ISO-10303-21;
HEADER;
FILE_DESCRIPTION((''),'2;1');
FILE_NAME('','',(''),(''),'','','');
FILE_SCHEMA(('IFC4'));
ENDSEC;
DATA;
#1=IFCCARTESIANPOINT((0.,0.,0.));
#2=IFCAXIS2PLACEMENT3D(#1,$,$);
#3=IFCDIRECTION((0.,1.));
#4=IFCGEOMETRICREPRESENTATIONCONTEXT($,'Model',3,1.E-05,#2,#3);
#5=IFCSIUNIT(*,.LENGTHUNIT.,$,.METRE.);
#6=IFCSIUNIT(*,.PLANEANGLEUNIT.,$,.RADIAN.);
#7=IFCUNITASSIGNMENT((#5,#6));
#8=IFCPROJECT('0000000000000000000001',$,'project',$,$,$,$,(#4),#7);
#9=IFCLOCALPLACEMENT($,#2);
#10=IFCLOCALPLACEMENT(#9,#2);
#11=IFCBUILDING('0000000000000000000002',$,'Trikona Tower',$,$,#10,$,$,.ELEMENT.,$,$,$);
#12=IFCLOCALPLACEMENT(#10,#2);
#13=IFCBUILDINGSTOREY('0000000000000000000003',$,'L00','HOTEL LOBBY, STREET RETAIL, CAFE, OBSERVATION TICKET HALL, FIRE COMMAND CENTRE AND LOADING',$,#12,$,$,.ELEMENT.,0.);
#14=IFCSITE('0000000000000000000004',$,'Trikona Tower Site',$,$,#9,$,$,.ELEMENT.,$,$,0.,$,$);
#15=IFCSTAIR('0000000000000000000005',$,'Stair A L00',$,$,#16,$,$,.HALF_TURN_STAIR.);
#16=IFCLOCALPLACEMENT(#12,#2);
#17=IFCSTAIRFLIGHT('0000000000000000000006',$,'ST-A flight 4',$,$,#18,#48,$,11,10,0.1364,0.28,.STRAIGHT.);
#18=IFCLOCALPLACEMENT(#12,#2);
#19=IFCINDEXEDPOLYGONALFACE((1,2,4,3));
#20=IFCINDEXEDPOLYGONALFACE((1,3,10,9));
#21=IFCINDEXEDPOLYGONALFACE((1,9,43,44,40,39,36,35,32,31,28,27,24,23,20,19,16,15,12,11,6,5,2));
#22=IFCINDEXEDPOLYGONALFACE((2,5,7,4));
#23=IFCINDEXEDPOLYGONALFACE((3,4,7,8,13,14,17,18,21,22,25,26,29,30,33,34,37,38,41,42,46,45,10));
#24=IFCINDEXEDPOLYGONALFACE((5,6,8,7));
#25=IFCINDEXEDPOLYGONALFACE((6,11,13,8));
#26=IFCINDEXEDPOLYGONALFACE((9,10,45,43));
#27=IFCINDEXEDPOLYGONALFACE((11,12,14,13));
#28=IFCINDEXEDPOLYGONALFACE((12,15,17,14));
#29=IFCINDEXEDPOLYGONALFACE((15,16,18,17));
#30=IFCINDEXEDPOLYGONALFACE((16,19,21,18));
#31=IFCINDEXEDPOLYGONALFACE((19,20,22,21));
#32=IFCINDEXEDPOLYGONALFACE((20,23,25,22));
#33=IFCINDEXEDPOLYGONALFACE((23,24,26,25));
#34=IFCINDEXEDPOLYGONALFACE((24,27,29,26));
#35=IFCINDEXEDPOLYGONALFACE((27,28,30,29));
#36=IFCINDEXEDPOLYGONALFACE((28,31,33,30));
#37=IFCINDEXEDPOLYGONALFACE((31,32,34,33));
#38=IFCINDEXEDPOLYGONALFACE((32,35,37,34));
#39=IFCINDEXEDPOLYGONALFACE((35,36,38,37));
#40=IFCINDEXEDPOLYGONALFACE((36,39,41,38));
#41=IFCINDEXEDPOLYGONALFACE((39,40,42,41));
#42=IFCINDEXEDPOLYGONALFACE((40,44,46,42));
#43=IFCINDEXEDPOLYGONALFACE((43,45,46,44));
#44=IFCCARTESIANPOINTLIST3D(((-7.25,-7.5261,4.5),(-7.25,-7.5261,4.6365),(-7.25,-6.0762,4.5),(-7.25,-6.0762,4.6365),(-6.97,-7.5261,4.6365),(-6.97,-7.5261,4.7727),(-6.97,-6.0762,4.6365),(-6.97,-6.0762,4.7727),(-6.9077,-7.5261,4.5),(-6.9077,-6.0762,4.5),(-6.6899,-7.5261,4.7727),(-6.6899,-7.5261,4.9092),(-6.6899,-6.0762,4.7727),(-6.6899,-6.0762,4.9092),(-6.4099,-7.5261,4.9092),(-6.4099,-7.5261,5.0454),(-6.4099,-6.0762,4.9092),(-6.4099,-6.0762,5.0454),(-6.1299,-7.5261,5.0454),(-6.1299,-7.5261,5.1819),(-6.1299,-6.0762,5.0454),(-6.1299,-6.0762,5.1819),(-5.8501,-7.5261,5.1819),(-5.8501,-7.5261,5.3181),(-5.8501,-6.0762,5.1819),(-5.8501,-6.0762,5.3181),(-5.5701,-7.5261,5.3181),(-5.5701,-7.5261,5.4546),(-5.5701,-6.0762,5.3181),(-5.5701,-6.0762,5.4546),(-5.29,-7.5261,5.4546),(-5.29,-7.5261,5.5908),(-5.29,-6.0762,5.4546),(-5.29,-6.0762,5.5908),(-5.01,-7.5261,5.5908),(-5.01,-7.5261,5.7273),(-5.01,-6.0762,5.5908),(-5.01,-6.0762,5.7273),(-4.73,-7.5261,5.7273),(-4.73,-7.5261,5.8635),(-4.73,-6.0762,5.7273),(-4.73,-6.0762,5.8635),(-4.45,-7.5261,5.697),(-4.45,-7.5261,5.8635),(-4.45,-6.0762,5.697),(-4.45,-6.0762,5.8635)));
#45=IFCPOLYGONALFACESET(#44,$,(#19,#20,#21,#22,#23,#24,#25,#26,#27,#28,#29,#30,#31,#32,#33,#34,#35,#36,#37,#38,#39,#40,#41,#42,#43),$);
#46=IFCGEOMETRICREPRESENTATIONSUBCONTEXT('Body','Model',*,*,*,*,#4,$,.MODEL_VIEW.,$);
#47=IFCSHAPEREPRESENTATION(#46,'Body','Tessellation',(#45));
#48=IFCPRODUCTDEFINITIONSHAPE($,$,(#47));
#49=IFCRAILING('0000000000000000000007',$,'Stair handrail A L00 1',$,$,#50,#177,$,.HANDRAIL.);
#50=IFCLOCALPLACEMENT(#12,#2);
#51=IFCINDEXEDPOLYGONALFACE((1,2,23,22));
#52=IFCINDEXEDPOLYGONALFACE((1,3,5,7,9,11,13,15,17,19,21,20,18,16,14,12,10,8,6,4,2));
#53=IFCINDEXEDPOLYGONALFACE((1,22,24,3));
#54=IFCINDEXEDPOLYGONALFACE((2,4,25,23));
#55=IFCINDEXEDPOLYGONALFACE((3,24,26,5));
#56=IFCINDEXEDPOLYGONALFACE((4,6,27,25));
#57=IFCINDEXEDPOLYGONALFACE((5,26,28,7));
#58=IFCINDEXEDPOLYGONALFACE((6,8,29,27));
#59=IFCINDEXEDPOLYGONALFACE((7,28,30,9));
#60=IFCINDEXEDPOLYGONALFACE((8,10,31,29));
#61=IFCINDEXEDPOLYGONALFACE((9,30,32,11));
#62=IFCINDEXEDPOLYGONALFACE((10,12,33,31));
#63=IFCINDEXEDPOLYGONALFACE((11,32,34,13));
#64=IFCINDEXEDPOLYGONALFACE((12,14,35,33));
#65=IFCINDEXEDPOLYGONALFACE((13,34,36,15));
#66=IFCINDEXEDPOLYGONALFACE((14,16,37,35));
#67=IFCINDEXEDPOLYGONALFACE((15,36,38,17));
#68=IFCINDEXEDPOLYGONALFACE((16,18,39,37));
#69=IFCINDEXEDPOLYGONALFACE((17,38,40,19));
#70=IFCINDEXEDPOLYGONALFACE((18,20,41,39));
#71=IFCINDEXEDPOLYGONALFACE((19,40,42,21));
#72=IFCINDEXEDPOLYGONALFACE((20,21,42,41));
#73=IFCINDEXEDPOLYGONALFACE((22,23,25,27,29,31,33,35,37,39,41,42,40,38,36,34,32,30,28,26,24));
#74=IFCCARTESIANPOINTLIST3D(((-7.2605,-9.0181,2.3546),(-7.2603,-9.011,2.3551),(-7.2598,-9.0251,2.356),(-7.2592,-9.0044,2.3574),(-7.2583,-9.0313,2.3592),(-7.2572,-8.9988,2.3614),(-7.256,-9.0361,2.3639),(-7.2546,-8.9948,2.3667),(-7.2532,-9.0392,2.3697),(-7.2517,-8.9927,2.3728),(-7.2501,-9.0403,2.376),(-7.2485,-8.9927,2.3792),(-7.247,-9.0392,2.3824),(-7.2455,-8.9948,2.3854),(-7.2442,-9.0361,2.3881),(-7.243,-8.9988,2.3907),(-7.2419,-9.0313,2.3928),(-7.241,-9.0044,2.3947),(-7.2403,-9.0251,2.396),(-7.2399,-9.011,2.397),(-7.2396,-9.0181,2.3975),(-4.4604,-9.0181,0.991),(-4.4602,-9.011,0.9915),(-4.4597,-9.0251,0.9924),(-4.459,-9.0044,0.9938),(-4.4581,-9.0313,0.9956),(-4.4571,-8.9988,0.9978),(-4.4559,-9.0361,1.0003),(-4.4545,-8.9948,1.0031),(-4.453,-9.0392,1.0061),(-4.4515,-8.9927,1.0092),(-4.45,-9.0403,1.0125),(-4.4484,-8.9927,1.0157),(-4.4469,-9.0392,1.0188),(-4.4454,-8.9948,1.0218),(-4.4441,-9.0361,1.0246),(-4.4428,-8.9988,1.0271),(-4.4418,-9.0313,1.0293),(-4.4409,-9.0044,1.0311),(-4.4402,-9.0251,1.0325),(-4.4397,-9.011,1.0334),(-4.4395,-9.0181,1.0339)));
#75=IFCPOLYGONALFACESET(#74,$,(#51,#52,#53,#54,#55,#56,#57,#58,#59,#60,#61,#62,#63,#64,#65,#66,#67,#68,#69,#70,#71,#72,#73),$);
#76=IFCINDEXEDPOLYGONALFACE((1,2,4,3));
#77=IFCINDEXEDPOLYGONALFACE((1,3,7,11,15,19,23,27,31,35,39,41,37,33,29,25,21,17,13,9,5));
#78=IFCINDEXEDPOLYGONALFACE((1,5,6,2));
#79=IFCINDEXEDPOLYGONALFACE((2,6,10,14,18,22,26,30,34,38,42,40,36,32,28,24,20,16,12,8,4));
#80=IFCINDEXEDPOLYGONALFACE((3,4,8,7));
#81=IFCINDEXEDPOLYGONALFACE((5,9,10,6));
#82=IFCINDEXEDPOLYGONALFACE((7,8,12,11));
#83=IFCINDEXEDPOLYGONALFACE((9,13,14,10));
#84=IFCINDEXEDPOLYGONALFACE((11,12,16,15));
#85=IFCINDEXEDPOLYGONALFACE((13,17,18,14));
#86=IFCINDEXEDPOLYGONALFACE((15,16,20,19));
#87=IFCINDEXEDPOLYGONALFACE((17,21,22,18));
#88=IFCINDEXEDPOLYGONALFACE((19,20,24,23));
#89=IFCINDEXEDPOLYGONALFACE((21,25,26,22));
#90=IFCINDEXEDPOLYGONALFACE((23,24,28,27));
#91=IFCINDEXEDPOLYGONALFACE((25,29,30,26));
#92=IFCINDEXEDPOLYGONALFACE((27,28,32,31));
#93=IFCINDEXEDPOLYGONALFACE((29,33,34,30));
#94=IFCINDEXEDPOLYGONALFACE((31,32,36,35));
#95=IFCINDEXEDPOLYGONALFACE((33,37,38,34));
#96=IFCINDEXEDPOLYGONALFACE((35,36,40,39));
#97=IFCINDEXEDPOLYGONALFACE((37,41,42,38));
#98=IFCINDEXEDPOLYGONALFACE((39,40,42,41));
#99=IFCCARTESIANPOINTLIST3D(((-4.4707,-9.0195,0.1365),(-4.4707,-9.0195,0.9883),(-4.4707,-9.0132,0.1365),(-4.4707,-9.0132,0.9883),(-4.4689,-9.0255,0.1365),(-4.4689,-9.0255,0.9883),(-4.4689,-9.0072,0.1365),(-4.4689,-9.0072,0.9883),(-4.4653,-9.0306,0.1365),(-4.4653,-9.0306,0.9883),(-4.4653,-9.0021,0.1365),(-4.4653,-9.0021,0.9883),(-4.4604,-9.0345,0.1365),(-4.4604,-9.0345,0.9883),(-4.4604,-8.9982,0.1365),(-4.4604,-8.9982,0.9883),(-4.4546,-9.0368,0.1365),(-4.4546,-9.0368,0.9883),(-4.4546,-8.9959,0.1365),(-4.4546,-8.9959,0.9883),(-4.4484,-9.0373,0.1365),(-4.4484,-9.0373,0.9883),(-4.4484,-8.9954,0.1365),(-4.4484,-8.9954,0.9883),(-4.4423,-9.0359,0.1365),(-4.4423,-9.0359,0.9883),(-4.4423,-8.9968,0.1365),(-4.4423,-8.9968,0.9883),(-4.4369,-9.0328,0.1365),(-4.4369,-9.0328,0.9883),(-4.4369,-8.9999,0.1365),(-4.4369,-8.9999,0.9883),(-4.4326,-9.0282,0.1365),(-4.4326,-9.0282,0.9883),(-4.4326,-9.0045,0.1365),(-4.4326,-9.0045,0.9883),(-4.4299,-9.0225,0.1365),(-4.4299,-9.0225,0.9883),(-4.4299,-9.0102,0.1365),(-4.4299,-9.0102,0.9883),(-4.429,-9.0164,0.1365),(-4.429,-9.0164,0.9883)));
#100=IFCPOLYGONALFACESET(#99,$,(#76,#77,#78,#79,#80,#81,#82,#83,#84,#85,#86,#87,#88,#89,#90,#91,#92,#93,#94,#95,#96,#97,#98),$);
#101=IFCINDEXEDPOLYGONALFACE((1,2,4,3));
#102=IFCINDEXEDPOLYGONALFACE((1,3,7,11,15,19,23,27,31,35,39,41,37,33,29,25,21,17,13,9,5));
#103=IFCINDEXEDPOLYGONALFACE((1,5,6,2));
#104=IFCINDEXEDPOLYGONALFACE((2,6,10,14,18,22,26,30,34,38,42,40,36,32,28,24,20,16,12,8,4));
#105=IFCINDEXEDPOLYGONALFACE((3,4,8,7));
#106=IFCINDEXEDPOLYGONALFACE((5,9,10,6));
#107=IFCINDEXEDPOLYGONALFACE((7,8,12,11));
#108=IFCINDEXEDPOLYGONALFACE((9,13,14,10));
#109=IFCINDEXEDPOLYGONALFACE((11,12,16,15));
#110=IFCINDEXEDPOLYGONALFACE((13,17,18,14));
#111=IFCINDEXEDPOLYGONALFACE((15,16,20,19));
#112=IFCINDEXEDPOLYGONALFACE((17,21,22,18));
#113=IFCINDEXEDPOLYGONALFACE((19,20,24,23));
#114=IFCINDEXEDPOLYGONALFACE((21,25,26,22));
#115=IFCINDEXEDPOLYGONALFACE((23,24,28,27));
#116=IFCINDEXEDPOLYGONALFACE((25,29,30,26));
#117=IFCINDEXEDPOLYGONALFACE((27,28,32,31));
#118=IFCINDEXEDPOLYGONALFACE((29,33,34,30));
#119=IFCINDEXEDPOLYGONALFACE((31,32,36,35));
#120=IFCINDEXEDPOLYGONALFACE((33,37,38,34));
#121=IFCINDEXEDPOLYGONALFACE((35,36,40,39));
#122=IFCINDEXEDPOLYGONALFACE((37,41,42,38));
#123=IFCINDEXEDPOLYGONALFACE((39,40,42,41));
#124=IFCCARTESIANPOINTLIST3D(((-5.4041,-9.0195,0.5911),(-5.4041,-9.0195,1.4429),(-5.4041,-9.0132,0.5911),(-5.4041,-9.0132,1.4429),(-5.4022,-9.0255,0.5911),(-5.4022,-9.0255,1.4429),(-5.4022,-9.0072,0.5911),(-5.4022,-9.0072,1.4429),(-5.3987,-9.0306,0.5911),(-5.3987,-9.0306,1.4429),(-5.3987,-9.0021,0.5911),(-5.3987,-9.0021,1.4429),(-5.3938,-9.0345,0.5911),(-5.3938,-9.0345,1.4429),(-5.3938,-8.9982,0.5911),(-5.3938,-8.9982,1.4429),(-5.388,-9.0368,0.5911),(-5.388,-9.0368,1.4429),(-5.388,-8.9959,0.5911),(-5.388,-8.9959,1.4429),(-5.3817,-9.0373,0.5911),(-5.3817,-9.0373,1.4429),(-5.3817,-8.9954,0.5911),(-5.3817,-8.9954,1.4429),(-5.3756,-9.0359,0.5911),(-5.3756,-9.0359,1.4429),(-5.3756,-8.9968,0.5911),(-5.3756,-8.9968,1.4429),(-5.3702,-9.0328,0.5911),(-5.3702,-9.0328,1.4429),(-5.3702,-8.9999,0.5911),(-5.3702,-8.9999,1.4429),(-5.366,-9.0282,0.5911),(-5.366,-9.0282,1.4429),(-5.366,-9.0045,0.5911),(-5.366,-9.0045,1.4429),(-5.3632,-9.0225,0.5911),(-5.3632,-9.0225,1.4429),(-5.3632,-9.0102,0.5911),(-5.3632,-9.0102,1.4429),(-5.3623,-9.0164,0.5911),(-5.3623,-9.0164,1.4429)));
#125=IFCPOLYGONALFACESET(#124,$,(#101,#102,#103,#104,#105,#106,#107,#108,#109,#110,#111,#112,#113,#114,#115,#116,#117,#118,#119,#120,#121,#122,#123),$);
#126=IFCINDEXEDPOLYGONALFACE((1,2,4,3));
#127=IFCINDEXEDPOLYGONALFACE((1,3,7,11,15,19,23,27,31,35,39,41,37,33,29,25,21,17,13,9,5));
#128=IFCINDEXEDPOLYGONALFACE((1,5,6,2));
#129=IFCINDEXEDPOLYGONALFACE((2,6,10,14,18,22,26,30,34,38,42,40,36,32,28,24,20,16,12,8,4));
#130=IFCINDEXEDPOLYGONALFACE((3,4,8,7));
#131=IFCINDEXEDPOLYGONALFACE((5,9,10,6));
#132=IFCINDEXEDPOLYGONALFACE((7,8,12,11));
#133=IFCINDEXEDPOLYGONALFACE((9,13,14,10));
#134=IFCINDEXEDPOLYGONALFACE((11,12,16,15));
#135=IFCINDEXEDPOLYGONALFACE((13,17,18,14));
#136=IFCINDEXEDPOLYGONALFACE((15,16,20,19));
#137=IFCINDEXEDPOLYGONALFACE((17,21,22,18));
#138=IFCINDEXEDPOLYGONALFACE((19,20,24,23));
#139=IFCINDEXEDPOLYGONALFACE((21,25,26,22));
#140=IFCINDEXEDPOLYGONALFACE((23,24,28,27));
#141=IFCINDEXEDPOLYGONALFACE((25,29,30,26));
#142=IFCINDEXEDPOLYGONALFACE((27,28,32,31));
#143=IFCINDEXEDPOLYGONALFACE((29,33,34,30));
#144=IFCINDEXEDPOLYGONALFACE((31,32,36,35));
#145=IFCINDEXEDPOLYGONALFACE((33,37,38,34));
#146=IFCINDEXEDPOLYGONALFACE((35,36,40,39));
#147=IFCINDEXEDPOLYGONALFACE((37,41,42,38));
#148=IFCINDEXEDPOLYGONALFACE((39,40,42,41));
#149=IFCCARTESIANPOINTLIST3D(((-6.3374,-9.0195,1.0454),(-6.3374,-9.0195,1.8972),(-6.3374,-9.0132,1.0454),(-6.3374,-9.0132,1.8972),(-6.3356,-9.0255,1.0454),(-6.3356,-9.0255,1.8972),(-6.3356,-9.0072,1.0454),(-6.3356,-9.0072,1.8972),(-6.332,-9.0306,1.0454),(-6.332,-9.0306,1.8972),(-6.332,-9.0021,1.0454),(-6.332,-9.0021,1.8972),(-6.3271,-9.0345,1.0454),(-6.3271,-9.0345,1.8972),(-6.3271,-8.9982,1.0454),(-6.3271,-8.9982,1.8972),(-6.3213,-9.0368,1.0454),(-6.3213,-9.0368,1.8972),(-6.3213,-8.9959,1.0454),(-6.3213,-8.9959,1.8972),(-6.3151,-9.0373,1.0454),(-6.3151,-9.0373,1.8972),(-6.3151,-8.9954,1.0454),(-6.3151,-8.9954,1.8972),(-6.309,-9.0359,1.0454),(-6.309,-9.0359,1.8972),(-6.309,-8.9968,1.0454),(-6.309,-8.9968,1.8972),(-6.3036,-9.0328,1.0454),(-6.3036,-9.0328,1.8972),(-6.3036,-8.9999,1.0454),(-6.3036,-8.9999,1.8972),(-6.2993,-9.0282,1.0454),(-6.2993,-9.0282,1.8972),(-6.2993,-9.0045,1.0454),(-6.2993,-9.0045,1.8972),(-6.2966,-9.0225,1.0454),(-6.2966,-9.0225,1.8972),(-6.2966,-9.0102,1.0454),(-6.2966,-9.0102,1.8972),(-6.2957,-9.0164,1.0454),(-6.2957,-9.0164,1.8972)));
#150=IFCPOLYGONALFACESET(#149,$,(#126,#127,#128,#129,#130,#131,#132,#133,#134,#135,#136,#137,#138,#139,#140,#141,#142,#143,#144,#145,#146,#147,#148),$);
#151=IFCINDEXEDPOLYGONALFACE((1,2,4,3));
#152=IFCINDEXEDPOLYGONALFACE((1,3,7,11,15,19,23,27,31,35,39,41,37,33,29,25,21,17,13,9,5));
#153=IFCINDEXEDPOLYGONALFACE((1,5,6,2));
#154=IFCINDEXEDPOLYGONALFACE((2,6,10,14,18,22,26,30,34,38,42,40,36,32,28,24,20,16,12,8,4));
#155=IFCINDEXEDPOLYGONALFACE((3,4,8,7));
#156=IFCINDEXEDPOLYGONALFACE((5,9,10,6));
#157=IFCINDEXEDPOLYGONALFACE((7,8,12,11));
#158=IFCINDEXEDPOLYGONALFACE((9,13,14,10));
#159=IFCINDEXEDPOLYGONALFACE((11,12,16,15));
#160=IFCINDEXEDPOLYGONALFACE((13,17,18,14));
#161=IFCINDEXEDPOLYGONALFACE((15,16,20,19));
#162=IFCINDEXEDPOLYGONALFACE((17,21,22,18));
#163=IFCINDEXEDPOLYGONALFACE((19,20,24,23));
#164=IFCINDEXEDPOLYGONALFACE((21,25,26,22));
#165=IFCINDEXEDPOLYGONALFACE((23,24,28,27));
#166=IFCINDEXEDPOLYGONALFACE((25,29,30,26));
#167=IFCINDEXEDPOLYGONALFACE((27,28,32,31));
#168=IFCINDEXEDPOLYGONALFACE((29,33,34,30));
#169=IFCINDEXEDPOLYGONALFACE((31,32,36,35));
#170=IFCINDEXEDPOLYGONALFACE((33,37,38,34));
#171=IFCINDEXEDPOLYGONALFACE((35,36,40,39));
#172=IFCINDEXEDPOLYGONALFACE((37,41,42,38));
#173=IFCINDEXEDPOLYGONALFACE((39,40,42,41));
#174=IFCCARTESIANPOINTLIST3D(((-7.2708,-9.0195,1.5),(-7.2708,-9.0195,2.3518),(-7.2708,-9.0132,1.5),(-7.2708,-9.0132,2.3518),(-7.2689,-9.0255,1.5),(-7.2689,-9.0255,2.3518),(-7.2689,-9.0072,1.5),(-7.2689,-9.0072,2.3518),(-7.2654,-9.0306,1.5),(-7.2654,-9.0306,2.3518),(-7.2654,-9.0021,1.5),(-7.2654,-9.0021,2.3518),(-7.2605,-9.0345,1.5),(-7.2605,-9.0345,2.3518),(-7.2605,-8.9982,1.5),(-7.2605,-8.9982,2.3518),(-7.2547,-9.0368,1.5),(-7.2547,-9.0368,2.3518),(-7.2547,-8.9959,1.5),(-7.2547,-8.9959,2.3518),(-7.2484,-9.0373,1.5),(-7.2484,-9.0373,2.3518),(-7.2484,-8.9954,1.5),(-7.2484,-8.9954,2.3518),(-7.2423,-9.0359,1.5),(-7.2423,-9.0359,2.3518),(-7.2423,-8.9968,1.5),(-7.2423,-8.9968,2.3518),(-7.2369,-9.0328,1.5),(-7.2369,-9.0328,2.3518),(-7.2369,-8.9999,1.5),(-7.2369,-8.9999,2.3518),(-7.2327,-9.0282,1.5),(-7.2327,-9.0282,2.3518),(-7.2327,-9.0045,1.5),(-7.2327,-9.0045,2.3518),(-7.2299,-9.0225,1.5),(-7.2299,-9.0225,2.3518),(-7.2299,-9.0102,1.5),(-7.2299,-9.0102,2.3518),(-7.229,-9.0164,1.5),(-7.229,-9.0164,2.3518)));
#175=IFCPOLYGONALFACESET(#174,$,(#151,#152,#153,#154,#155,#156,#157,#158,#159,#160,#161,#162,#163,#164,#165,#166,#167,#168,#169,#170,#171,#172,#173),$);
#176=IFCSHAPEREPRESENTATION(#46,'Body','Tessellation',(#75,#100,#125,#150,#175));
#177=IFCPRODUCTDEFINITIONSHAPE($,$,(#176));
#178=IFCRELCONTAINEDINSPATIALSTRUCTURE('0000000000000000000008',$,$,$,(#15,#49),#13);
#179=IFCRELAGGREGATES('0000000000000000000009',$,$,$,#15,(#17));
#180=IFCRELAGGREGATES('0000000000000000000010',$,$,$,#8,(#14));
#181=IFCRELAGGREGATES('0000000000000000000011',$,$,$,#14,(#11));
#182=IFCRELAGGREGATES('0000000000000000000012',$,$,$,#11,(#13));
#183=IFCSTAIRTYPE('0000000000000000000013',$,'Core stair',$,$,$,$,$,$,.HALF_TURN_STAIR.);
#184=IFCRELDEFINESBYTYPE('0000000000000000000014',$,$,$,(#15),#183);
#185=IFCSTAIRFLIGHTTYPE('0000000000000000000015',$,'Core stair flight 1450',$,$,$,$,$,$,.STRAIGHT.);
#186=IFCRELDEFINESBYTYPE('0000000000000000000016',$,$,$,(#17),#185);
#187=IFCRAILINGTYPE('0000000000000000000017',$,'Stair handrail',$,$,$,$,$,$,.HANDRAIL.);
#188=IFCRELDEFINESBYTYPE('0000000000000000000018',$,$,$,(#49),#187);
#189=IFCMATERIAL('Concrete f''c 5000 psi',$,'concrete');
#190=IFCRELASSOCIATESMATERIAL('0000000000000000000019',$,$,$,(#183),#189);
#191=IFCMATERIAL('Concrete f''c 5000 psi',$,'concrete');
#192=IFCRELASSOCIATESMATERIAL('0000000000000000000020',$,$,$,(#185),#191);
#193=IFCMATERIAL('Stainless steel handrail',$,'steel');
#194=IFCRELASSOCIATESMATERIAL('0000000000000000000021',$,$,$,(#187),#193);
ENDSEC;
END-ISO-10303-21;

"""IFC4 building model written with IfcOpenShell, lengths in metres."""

from ifc_helpers import new_model, si_unit, direction, frame, origin, origin_2d, place, context, subcontext, project, spatial, polyline, circle, outline, extrude, material, type_object, element, aggregate, save


model = new_model("IFC4")

# Units and contexts
model_context = context("Model", 3, precision=1e-05, world=origin(), true_north=direction((0.0, 1.0)))
body_context = subcontext(model_context, "Body", "Model", "MODEL_VIEW")
ifc_project = project(units=[si_unit("LENGTHUNIT", "METRE"), si_unit("PLANEANGLEUNIT", "RADIAN")], contexts=[model_context])

# Site, building, storey
site_placement = place(None, origin())
site = spatial("IfcSite", under=ifc_project, at=site_placement, Name="Trikona Tower Site", CompositionType="ELEMENT", RefElevation=0.0)
building_placement = place(site_placement, origin())
building = spatial("IfcBuilding", under=site, at=building_placement, Name="Trikona Tower", CompositionType="ELEMENT")
storey_placement = place(building_placement, origin())
storey = spatial("IfcBuildingStorey", under=building, at=storey_placement, Name="L00", Description="HOTEL LOBBY, STREET RETAIL, CAFE, OBSERVATION TICKET HALL, FIRE COMMAND CENTRE AND LOADING", CompositionType="ELEMENT", Elevation=0.0)

# Stair, stair flight
ifc_material_1 = material(Name="Concrete f'c 5000 psi", Category="concrete")
stair_type = type_object("IfcStairType", Name="Core stair", PredefinedType="HALF_TURN_STAIR", material=ifc_material_1)
stair_placement = place(storey_placement, origin())
stair = element("IfcStair", 1, at=stair_placement, inside=storey, type_object=stair_type, Name="Stair A L00", PredefinedType="HALF_TURN_STAIR")
ifc_material_2 = material(Name="Concrete f'c 5000 psi", Category="concrete")
stair_flight_type = type_object("IfcStairFlightType", Name="Core stair flight 1450", PredefinedType="STRAIGHT", material=ifc_material_2)
stair_flight_1_placement = place(storey_placement, frame((-7.25, -6.8013, 4.5), z_axis=(0.0, 0.0, 1.0), x_axis=(1.0, 0.0, 0.0)))
stair_flight_1 = element("IfcStairFlight", 2, at=stair_flight_1_placement, type_object=stair_flight_type, Name="ST-A flight 4", NumberOfRisers=11, NumberOfTreads=10, PredefinedType="STRAIGHT", RiserHeight=0.1364, TreadLength=0.28, context=body_context, shape_type="SweptSolid", body=[
    extrude(outline(polyline([(0.0, 0.0), (0.0, 0.1365), (0.28, 0.1365), (0.28, 0.2727), (0.5601, 0.2727), (0.5601, 0.4092), (0.8401, 0.4092), (0.8401, 0.5454), (1.1201, 0.5454), (1.1201, 0.6819), (1.3999, 0.6819), (1.3999, 0.8181), (1.6799, 0.8181), (1.6799, 0.9546), (1.96, 0.9546), (1.96, 1.0908), (2.24, 1.0908), (2.24, 1.2273), (2.52, 1.2273), (2.52, 1.3635), (2.8, 1.3635), (2.8, 1.5), (2.8, 1.197), (0.3423, 0.0), (0.0, 0.0)])), frame((0.0, 0.7251, 0.0), z_axis=(0.0, -1.0, 0.0), x_axis=(1.0, 0.0, 0.0)), (0.0, 0.0, 1.0), 1.45),
])
aggregate(stair, [stair_flight_1])

# Railing
ifc_material_3 = material(Name="Stainless steel handrail", Category="steel")
railing_type = type_object("IfcRailingType", Name="Stair handrail", PredefinedType="HANDRAIL", material=ifc_material_3)
for number, where, name in (
    (3, (-4.45, -9.0164, 0.1365), "Stair handrail A L00 1"),
):
    element("IfcRailing", number, at=place(storey_placement, frame(where)), inside=storey, type_object=railing_type, Name=name, PredefinedType="HANDRAIL", context=body_context, shape_type="SweptSolid", body=[
        extrude(circle(Radius=0.0239, at=origin_2d()), frame((0.0, 0.0, 0.876), z_axis=(-0.899066, 0.0, 0.437813), x_axis=(0.0, -1.0, 0.0)), (0.0, 0.0, 1.0), 3.1145),
        extrude(circle(Radius=0.021, at=origin_2d()), origin(), (0.0, 0.0, 1.0), 0.8518),
        extrude(circle(Radius=0.021, at=origin_2d()), frame((-0.9333, 0.0, 0.4546)), (0.0, 0.0, 1.0), 0.8518),
        extrude(circle(Radius=0.021, at=origin_2d()), frame((-1.8667, 0.0, 0.9089)), (0.0, 0.0, 1.0), 0.8518),
        extrude(circle(Radius=0.021, at=origin_2d()), frame((-2.8, 0.0, 1.3635)), (0.0, 0.0, 1.0), 0.8518),
    ])

save(model, "model.ifc")
